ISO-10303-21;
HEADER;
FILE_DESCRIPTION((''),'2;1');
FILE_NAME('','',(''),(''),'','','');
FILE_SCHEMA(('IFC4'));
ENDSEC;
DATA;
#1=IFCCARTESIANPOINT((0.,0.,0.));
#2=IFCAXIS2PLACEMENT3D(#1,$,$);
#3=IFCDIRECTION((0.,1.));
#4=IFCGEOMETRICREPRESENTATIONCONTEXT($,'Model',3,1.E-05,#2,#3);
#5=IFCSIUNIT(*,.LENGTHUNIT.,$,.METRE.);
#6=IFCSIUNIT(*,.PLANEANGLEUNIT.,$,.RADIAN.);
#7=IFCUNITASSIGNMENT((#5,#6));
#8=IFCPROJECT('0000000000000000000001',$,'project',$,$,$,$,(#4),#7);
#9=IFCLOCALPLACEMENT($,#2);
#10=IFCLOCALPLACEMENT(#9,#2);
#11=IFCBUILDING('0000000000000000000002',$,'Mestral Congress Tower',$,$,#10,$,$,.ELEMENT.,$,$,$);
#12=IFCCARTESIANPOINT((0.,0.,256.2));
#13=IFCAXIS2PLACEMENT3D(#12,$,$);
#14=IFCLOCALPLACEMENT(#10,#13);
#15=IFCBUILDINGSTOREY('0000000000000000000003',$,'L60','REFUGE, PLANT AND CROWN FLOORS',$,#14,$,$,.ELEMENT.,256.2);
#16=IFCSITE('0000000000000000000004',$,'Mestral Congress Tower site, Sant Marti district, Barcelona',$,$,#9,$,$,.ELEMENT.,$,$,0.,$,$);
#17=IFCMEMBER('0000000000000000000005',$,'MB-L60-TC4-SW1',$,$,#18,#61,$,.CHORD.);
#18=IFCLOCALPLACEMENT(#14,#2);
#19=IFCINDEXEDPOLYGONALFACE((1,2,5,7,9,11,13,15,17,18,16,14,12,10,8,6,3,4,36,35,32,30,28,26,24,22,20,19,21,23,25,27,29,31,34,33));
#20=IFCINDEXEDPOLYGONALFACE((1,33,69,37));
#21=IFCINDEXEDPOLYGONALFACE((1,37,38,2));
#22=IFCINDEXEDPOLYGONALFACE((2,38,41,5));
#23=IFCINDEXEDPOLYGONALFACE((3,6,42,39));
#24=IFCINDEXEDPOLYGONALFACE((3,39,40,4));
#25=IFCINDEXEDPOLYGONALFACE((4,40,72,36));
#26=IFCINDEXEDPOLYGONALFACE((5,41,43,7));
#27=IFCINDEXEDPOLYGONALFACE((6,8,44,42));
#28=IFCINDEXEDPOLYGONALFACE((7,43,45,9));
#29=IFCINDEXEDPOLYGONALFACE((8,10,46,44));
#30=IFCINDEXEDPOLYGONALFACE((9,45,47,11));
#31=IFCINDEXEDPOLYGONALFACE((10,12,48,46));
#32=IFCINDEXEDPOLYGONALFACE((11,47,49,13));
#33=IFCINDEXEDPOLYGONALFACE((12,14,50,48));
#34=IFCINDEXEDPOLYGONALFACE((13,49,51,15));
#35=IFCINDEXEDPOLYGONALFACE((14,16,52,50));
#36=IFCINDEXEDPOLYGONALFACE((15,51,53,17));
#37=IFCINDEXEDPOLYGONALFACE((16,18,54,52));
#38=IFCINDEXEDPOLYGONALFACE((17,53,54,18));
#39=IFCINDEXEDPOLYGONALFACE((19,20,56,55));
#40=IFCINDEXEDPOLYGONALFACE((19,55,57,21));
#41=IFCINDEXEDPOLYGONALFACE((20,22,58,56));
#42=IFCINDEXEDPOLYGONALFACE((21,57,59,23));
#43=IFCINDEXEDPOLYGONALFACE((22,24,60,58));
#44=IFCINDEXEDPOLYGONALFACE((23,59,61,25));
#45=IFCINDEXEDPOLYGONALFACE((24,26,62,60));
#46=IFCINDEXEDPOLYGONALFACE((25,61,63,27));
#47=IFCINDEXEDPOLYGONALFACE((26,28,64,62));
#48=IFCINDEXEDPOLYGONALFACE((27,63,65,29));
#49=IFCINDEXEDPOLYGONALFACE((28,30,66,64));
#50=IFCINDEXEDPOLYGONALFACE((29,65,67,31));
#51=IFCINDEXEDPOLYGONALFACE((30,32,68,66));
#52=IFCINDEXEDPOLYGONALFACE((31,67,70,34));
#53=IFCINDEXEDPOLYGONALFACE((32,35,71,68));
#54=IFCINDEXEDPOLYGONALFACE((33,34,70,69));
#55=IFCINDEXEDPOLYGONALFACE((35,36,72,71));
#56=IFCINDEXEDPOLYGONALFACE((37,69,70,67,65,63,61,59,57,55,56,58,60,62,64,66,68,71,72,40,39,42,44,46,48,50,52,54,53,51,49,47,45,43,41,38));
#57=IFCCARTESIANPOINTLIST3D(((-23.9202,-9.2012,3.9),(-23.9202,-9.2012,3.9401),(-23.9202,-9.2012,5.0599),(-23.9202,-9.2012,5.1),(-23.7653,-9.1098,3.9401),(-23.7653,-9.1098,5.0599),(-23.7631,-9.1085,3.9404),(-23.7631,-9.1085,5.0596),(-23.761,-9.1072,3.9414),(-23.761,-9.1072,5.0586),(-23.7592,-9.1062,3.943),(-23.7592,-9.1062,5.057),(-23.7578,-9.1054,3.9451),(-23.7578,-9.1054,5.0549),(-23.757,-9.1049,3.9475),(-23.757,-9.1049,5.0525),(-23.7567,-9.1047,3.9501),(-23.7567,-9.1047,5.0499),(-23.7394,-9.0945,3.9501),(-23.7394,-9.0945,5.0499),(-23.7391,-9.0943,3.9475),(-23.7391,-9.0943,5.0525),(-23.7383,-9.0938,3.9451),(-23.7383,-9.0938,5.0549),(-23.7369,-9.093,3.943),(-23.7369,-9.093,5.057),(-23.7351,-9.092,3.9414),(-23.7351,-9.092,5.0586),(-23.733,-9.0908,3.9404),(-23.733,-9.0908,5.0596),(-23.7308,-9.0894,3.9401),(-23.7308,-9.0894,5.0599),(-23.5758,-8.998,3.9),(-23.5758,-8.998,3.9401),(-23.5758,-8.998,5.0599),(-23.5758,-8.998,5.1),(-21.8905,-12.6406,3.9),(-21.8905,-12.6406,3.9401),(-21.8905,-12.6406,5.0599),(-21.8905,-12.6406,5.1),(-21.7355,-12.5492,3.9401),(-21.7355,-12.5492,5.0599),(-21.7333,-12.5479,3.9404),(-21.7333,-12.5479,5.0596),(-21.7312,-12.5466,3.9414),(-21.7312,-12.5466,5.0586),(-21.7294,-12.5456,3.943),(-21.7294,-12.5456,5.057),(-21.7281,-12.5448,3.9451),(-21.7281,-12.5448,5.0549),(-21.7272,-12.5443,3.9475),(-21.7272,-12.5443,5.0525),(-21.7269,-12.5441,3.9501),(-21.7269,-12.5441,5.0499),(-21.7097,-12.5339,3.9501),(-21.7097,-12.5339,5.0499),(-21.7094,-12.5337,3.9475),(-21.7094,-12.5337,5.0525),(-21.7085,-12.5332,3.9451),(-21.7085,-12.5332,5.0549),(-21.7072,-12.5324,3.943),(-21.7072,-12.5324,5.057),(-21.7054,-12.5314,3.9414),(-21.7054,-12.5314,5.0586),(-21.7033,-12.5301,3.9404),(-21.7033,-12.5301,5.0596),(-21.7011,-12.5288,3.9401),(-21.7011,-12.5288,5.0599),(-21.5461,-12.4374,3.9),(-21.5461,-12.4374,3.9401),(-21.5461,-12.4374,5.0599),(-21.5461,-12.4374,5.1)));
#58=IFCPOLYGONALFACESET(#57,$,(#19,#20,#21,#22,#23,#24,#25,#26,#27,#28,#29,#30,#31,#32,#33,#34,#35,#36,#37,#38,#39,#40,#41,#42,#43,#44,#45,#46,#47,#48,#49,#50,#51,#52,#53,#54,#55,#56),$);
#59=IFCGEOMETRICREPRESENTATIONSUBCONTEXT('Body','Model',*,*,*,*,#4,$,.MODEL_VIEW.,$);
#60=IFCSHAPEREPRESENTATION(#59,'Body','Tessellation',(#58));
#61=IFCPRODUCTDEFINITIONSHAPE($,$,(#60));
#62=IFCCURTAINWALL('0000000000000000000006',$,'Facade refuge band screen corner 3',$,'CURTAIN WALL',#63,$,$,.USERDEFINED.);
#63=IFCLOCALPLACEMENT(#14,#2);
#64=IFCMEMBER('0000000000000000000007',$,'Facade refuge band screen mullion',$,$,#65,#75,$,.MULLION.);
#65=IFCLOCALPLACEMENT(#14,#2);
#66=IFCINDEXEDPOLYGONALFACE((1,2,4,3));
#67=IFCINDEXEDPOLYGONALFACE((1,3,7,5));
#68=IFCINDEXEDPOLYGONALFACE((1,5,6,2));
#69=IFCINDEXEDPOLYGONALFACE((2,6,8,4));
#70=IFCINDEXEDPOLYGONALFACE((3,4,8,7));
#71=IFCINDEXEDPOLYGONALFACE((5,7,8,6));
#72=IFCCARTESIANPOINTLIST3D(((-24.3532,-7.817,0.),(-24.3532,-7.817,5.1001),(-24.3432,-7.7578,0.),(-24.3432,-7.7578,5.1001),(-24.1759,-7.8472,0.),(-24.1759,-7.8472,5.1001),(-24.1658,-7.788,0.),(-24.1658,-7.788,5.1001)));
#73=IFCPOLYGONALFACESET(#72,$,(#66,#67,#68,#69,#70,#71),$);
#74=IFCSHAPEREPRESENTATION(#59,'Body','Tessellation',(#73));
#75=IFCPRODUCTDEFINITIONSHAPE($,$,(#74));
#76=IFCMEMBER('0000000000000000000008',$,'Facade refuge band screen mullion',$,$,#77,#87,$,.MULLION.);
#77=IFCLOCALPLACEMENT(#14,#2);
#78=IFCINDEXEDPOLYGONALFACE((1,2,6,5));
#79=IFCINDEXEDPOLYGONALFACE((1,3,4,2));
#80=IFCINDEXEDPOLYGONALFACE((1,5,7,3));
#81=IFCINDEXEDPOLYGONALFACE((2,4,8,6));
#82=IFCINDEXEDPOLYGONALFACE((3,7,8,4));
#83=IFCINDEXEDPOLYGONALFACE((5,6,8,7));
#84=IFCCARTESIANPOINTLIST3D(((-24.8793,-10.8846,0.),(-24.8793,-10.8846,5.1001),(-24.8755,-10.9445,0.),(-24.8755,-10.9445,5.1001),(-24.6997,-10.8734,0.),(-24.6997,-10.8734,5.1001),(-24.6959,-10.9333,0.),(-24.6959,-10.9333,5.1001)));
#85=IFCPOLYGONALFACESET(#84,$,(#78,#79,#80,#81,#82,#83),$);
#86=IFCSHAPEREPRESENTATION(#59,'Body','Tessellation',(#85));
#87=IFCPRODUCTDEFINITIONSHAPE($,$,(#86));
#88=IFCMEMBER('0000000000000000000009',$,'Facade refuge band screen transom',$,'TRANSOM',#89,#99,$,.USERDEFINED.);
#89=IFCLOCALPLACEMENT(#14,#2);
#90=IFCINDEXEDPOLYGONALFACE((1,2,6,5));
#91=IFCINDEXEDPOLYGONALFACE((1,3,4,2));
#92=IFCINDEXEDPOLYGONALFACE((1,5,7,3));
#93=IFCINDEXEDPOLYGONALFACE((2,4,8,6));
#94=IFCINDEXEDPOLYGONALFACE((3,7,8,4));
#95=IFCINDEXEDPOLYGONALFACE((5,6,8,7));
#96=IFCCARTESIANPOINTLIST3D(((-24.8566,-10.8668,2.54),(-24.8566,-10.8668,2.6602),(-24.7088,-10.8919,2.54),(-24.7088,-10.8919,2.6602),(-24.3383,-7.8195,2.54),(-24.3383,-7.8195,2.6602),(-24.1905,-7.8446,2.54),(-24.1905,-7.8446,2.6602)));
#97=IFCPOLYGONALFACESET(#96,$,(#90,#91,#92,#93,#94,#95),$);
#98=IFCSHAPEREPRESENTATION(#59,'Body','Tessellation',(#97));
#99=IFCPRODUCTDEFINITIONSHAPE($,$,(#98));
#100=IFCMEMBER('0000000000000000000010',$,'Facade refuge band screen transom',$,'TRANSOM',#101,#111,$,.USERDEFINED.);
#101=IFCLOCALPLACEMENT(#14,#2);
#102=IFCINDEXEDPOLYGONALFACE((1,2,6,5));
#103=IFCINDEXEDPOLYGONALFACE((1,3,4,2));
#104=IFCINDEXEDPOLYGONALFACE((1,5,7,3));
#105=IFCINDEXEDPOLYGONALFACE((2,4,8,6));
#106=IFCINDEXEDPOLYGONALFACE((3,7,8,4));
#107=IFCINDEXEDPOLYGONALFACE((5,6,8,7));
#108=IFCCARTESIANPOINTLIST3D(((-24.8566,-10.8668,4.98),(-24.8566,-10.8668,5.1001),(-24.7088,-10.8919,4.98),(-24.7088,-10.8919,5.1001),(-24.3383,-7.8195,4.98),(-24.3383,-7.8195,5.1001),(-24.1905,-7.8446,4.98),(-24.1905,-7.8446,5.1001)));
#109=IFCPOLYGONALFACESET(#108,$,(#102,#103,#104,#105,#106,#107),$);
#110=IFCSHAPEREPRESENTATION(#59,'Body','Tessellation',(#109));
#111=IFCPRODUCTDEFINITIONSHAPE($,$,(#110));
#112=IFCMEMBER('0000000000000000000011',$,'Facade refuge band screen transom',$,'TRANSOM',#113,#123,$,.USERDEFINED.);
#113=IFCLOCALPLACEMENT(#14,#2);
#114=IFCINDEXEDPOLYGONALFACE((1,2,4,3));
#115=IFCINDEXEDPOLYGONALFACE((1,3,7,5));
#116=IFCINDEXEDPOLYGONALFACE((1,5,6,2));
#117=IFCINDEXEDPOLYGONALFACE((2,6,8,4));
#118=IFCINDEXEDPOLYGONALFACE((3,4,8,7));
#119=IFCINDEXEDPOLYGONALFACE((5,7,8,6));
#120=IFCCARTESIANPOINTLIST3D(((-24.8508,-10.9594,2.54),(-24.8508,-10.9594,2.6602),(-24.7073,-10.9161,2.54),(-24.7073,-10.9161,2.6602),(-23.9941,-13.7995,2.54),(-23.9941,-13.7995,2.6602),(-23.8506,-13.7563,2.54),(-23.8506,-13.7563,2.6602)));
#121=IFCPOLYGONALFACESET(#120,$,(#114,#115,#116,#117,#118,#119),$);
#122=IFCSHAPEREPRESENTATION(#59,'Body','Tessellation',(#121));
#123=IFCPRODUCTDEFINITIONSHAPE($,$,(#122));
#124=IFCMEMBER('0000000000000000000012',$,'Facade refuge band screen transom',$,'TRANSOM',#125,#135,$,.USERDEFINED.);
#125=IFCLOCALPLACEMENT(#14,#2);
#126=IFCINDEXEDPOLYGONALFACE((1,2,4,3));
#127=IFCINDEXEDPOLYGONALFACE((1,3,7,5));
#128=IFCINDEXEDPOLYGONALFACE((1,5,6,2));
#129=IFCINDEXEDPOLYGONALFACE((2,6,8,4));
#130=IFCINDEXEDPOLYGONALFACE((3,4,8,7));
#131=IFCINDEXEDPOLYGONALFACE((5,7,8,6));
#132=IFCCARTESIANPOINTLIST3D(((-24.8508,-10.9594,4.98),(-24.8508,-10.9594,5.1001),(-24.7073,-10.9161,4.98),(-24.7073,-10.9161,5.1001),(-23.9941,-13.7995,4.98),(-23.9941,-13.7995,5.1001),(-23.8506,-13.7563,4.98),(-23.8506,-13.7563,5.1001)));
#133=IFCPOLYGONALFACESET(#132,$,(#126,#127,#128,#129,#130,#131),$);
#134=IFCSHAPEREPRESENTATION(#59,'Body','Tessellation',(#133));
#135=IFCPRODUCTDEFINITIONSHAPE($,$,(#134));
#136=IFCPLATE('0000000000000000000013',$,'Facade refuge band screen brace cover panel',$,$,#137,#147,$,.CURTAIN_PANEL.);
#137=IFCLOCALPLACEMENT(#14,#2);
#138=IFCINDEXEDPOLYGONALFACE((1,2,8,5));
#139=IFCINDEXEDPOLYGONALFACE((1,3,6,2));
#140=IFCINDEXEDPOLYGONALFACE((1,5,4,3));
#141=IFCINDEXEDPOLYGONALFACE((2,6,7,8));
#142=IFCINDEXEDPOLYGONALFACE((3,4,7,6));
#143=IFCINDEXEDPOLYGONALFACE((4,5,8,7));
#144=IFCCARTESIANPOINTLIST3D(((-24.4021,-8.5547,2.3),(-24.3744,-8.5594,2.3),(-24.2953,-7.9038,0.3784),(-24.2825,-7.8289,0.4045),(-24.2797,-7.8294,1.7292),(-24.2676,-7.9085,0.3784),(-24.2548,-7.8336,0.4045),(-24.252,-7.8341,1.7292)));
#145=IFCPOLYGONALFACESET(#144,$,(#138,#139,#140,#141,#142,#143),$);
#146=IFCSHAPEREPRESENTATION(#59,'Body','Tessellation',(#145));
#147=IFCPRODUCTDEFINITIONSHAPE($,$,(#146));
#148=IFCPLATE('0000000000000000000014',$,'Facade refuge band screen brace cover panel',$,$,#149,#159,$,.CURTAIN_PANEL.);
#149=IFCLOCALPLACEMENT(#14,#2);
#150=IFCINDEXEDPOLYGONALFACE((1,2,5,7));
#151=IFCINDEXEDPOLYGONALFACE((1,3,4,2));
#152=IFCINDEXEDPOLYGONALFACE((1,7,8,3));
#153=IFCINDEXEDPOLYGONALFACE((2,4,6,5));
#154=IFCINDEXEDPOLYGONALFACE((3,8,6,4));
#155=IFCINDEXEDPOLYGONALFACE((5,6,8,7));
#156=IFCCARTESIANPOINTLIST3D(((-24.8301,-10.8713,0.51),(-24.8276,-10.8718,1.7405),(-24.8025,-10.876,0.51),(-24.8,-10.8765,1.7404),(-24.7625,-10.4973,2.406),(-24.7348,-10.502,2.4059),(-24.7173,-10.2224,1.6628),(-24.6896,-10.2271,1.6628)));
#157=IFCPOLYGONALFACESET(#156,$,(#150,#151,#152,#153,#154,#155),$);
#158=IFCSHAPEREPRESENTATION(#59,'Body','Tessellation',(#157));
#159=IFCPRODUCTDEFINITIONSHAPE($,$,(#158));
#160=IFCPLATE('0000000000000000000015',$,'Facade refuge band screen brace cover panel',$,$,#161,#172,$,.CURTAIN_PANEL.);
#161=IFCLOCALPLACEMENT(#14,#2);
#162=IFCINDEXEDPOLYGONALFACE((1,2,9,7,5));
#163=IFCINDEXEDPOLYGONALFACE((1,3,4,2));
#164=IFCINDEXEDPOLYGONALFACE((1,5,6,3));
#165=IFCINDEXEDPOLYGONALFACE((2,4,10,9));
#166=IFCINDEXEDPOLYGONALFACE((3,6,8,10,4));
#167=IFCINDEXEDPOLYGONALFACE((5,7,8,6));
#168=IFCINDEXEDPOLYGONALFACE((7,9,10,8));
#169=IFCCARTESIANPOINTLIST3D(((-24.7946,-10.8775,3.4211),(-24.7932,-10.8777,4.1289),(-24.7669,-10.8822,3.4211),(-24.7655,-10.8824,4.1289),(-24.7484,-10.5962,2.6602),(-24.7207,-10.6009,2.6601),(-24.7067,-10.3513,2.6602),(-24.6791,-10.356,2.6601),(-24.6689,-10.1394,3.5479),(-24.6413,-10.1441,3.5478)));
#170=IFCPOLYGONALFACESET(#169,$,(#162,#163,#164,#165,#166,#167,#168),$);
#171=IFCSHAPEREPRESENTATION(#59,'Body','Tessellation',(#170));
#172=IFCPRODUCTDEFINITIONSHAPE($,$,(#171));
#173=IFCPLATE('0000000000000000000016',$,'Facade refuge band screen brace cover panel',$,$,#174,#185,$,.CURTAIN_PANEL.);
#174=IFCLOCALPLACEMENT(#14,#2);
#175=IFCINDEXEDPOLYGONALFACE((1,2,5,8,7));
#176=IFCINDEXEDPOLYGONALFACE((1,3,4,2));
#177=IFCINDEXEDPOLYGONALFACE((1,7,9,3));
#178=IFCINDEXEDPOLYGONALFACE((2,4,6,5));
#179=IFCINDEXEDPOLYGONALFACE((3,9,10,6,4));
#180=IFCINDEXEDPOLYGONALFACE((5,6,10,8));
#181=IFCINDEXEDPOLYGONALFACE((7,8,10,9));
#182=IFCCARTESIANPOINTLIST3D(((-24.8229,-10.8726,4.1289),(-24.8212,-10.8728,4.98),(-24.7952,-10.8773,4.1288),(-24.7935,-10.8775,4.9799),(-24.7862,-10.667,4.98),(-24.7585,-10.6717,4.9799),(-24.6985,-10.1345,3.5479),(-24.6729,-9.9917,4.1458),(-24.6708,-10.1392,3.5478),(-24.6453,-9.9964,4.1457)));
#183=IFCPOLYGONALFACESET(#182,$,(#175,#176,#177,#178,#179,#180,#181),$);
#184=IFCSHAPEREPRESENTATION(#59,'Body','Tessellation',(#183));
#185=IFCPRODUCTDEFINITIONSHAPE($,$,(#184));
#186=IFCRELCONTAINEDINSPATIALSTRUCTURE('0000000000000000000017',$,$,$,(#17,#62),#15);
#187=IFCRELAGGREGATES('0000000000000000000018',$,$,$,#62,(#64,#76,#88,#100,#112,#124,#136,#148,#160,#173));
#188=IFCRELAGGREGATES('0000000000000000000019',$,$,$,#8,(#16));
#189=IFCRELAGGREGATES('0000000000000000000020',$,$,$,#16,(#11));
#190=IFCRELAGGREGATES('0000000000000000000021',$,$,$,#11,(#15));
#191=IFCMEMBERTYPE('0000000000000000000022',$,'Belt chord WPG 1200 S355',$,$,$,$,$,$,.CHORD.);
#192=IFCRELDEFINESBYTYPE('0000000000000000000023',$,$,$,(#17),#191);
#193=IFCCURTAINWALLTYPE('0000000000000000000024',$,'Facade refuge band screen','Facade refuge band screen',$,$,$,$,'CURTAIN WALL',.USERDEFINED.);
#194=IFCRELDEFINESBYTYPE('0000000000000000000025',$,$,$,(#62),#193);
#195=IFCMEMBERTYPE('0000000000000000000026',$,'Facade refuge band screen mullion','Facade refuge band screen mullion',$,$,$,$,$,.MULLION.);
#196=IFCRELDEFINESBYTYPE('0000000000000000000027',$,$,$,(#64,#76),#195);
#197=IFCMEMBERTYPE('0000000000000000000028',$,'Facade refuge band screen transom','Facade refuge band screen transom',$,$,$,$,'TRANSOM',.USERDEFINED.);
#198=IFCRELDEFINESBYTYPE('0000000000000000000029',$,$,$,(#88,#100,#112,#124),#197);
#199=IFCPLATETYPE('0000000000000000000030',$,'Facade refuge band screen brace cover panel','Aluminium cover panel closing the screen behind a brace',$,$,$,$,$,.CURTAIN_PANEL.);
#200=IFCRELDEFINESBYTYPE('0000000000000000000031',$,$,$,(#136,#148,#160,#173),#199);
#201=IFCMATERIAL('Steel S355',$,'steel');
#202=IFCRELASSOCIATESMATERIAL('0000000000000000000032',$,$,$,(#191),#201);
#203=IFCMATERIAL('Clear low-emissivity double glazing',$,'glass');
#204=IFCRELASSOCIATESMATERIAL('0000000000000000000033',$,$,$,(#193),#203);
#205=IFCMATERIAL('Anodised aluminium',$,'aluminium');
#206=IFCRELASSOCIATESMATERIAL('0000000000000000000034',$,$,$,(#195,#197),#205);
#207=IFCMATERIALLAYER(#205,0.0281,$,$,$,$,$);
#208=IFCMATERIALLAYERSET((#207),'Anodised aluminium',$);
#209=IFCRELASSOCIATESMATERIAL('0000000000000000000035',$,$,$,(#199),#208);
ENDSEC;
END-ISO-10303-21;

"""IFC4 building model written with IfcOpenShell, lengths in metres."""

from ifc_helpers import new_model, si_unit, direction, frame, origin, origin_2d, place, context, subcontext, project, spatial, polyline, rectangle, i_section, outline, extrude, material, layer, layer_set, material_profile, profile_set, type_object, element, aggregate, save


model = new_model("IFC4")

# Units and contexts
model_context = context("Model", 3, precision=1e-05, world=origin(), true_north=direction((0.0, 1.0)))
body_context = subcontext(model_context, "Body", "Model", "MODEL_VIEW")
ifc_project = project(units=[si_unit("LENGTHUNIT", "METRE"), si_unit("PLANEANGLEUNIT", "RADIAN")], contexts=[model_context])

# Site, building, storey
site_placement = place(None, origin())
site = spatial("IfcSite", under=ifc_project, at=site_placement, Name="Mestral Congress Tower site, Sant Marti district, Barcelona", CompositionType="ELEMENT", RefElevation=0.0)
building_placement = place(site_placement, origin())
building = spatial("IfcBuilding", under=site, at=building_placement, Name="Mestral Congress Tower", CompositionType="ELEMENT")
storey_placement = place(building_placement, frame((0.0, 0.0, 256.2)))
storey = spatial("IfcBuildingStorey", under=building, at=storey_placement, Name="L60", Description="REFUGE, PLANT AND CROWN FLOORS", CompositionType="ELEMENT", Elevation=256.2)

# Member
ifc_material_1 = material(Name="Steel S355", Category="steel")
ifc_material_profile_1 = material_profile(ifc_material_1, i_section(OverallWidth=0.3999, OverallDepth=1.2, WebThickness=0.02, FlangeThickness=0.04, FilletRadius=0.01, at=origin_2d()), Name="WPG 1200")
ifc_profile_set_1 = profile_set([ifc_material_profile_1], Name="Steel S355")
member_type_1 = type_object("IfcMemberType", Name="Belt chord WPG 1200 S355", PredefinedType="CHORD", material=ifc_profile_set_1)
member_1_placement = place(storey_placement, frame((-23.748, -9.0996, 4.5), z_axis=(0.508243, -0.861214, 0.0), x_axis=(0.861214, 0.508243, 0.0)))
element("IfcMember", 1, at=member_1_placement, inside=storey, type_object=member_type_1, Name="MB-L60-TC4-SW1", PredefinedType="CHORD", context=body_context, shape_type="SweptSolid", body=[
    extrude(i_section(OverallWidth=0.3999, OverallDepth=1.2, WebThickness=0.02, FlangeThickness=0.04, FilletRadius=0.01, at=origin_2d()), origin(), (0.0, 0.0, 1.0), 3.9937),
])

# Curtain wall, members, plates
ifc_material_2 = material(Name="Clear low-emissivity double glazing", Category="glass")
curtain_wall_type = type_object("IfcCurtainWallType", Name="Facade refuge band screen", Description="Facade refuge band screen", ElementType="CURTAIN WALL", PredefinedType="USERDEFINED", material=ifc_material_2)
placement = place(storey_placement, origin())
curtain_wall_1 = element("IfcCurtainWall", 2, at=placement, inside=storey, type_object=curtain_wall_type, Name="Facade refuge band screen corner 3", ObjectType="CURTAIN WALL", PredefinedType="USERDEFINED")
ifc_material_3 = material(Name="Anodised aluminium", Category="aluminium")
ifc_material_profile_2 = material_profile(ifc_material_3, rectangle(XDim=0.1799, YDim=0.0601, at=origin_2d()), Name="CW3 mullion 180 x 60")
ifc_profile_set_2 = profile_set([ifc_material_profile_2], Name="Anodised aluminium")
member_type_2 = type_object("IfcMemberType", Name="Facade refuge band screen mullion", Description="Facade refuge band screen mullion", PredefinedType="MULLION", material=ifc_profile_set_2)
member_2_placement = place(storey_placement, frame((-24.2595, -7.8025, 0.0), z_axis=(0.0, 0.0, 1.0), x_axis=(-0.985852, 0.167619, 0.0)))
member_2 = element("IfcMember", 3, at=member_2_placement, type_object=member_type_2, Name="Facade refuge band screen mullion", PredefinedType="MULLION", context=body_context, shape_type="SweptSolid", body=[
    extrude(rectangle(XDim=0.1799, YDim=0.0601, at=origin_2d()), origin(), (0.0, 0.0, 1.0), 5.1001),
])
member_3_placement = place(storey_placement, frame((-24.7876, -10.9089, 0.0), z_axis=(0.0, 0.0, 1.0), x_axis=(-0.998063, -0.062217, 0.0)))
member_3 = element("IfcMember", 4, at=member_3_placement, type_object=member_type_2, Name="Facade refuge band screen mullion", PredefinedType="MULLION", context=body_context, shape_type="SweptSolid", body=[
    extrude(rectangle(XDim=0.1799, YDim=0.0601, at=origin_2d()), origin(), (0.0, 0.0, 1.0), 5.1001),
])
ifc_material_profile_3 = material_profile(ifc_material_3, rectangle(XDim=0.1499, YDim=0.1201, at=origin_2d()), Name="CW3 transom 150 x 120")
ifc_profile_set_3 = profile_set([ifc_material_profile_3], Name="Anodised aluminium")
member_type_3 = type_object("IfcMemberType", Name="Facade refuge band screen transom", Description="Facade refuge band screen transom", ElementType="TRANSOM", PredefinedType="USERDEFINED", material=ifc_profile_set_3)
member_4_placement = place(storey_placement, frame((-24.2644, -7.832, 2.6001), z_axis=(-0.167677, -0.985842, 0.0), x_axis=(0.985842, -0.167677, 0.0)))
member_4 = element("IfcMember", 5, at=member_4_placement, type_object=member_type_3, Name="Facade refuge band screen transom", ObjectType="TRANSOM", PredefinedType="USERDEFINED", context=body_context, shape_type="SweptSolid", body=[
    extrude(rectangle(XDim=0.1499, YDim=0.1201, at=origin_2d()), origin(), (0.0, 0.0, 1.0), 3.0911),
])
member_5_placement = place(storey_placement, frame((-24.2644, -7.832, 5.04), z_axis=(-0.167677, -0.985842, 0.0), x_axis=(0.985842, -0.167677, 0.0)))
member_5 = element("IfcMember", 6, at=member_5_placement, type_object=member_type_3, Name="Facade refuge band screen transom", ObjectType="TRANSOM", PredefinedType="USERDEFINED", context=body_context, shape_type="SweptSolid", body=[
    extrude(rectangle(XDim=0.1499, YDim=0.1201, at=origin_2d()), origin(), (0.0, 0.0, 1.0), 3.0911),
])
member_6_placement = place(storey_placement, frame((-24.7791, -10.9377, 2.6001), z_axis=(0.28879, -0.957393, 0.0), x_axis=(0.957393, 0.28879, 0.0)))
member_6 = element("IfcMember", 7, at=member_6_placement, type_object=member_type_3, Name="Facade refuge band screen transom", ObjectType="TRANSOM", PredefinedType="USERDEFINED", context=body_context, shape_type="SweptSolid", body=[
    extrude(rectangle(XDim=0.1499, YDim=0.1201, at=origin_2d()), origin(), (0.0, 0.0, 1.0), 2.9666),
])
member_7_placement = place(storey_placement, frame((-24.7791, -10.9377, 5.04), z_axis=(0.28879, -0.957393, 0.0), x_axis=(0.957393, 0.28879, 0.0)))
member_7 = element("IfcMember", 8, at=member_7_placement, type_object=member_type_3, Name="Facade refuge band screen transom", ObjectType="TRANSOM", PredefinedType="USERDEFINED", context=body_context, shape_type="SweptSolid", body=[
    extrude(rectangle(XDim=0.1499, YDim=0.1201, at=origin_2d()), origin(), (0.0, 0.0, 1.0), 2.9666),
])
ifc_layer_1 = layer(ifc_material_3, 0.0281)
ifc_layer_set_1 = layer_set([ifc_layer_1], Name="Anodised aluminium")
plate_type_1 = type_object("IfcPlateType", Name="Facade refuge band screen brace cover panel", Description="Aluminium cover panel closing the screen behind a brace", PredefinedType="CURTAIN_PANEL", material=ifc_layer_set_1)
plate_1_placement = place(storey_placement, frame((-24.2825, -7.8289, 0.4045), z_axis=(-0.985775, 0.168057, 0.002138), x_axis=(0.002104, -0.000382, 0.999998)))
plate_1 = element("IfcPlate", 9, at=plate_1_placement, type_object=plate_type_1, Name="Facade refuge band screen brace cover panel", PredefinedType="CURTAIN_PANEL", context=body_context, shape_type="SweptSolid", body=[
    extrude(outline(polyline([(0.0, 0.0), (1.3247, 0.0), (1.8955, -0.7356), (-0.0261, -0.0761), (0.0, 0.0)])), origin(), (0.0, 0.0, -1.0), 0.0281),
])
plate_2_placement = place(storey_placement, frame((-24.8276, -10.8718, 1.7405), z_axis=(-0.985825, 0.167763, 0.002068), x_axis=(-0.002029, 0.000404, -0.999998)))
plate_2 = element("IfcPlate", 10, at=plate_2_placement, type_object=plate_type_1, Name="Facade refuge band screen brace cover panel", PredefinedType="CURTAIN_PANEL", context=body_context, shape_type="SweptSolid", body=[
    extrude(outline(polyline([(0.0, 0.0), (1.2305, 0.0), (0.0777, -0.6587), (-0.6655, -0.3802), (0.0, 0.0)])), origin(), (0.0, 0.0, -1.0), 0.0281),
])
plate_3_placement = place(storey_placement, frame((-24.7932, -10.8777, 4.1289), z_axis=(-0.985865, 0.16753, 0.001998), x_axis=(-0.001971, 0.000328, -0.999998)))
plate_3 = element("IfcPlate", 11, at=plate_3_placement, type_object=plate_type_1, Name="Facade refuge band screen brace cover panel", PredefinedType="CURTAIN_PANEL", context=body_context, shape_type="SweptSolid", body=[
    extrude(outline(polyline([(0.0, 0.0), (0.7078, 0.0), (1.4688, -0.2851), (1.4687, -0.5334), (0.5811, -0.7487), (0.0, 0.0)])), origin(), (0.0, 0.0, -1.0), 0.0281),
])
plate_4_placement = place(storey_placement, frame((-24.6985, -10.1345, 3.5479), z_axis=(-0.985818, 0.167806, 0.002029), x_axis=(0.041507, 0.232098, 0.971806)))
plate_4 = element("IfcPlate", 12, at=plate_4_placement, type_object=plate_type_1, Name="Facade refuge band screen brace cover panel", PredefinedType="CURTAIN_PANEL", context=body_context, shape_type="SweptSolid", body=[
    extrude(outline(polyline([(0.0, 0.0), (0.6152, 0.0), (1.2645, -0.8621), (1.2153, -1.065), (0.3882, -0.8644), (0.0, 0.0)])), origin(), (0.0, 0.0, -1.0), 0.0281),
])

aggregate(curtain_wall_1, [member_2, member_3, member_4, member_5, member_6, member_7, plate_1, plate_2, plate_3, plate_4])

save(model, "model.ifc")
